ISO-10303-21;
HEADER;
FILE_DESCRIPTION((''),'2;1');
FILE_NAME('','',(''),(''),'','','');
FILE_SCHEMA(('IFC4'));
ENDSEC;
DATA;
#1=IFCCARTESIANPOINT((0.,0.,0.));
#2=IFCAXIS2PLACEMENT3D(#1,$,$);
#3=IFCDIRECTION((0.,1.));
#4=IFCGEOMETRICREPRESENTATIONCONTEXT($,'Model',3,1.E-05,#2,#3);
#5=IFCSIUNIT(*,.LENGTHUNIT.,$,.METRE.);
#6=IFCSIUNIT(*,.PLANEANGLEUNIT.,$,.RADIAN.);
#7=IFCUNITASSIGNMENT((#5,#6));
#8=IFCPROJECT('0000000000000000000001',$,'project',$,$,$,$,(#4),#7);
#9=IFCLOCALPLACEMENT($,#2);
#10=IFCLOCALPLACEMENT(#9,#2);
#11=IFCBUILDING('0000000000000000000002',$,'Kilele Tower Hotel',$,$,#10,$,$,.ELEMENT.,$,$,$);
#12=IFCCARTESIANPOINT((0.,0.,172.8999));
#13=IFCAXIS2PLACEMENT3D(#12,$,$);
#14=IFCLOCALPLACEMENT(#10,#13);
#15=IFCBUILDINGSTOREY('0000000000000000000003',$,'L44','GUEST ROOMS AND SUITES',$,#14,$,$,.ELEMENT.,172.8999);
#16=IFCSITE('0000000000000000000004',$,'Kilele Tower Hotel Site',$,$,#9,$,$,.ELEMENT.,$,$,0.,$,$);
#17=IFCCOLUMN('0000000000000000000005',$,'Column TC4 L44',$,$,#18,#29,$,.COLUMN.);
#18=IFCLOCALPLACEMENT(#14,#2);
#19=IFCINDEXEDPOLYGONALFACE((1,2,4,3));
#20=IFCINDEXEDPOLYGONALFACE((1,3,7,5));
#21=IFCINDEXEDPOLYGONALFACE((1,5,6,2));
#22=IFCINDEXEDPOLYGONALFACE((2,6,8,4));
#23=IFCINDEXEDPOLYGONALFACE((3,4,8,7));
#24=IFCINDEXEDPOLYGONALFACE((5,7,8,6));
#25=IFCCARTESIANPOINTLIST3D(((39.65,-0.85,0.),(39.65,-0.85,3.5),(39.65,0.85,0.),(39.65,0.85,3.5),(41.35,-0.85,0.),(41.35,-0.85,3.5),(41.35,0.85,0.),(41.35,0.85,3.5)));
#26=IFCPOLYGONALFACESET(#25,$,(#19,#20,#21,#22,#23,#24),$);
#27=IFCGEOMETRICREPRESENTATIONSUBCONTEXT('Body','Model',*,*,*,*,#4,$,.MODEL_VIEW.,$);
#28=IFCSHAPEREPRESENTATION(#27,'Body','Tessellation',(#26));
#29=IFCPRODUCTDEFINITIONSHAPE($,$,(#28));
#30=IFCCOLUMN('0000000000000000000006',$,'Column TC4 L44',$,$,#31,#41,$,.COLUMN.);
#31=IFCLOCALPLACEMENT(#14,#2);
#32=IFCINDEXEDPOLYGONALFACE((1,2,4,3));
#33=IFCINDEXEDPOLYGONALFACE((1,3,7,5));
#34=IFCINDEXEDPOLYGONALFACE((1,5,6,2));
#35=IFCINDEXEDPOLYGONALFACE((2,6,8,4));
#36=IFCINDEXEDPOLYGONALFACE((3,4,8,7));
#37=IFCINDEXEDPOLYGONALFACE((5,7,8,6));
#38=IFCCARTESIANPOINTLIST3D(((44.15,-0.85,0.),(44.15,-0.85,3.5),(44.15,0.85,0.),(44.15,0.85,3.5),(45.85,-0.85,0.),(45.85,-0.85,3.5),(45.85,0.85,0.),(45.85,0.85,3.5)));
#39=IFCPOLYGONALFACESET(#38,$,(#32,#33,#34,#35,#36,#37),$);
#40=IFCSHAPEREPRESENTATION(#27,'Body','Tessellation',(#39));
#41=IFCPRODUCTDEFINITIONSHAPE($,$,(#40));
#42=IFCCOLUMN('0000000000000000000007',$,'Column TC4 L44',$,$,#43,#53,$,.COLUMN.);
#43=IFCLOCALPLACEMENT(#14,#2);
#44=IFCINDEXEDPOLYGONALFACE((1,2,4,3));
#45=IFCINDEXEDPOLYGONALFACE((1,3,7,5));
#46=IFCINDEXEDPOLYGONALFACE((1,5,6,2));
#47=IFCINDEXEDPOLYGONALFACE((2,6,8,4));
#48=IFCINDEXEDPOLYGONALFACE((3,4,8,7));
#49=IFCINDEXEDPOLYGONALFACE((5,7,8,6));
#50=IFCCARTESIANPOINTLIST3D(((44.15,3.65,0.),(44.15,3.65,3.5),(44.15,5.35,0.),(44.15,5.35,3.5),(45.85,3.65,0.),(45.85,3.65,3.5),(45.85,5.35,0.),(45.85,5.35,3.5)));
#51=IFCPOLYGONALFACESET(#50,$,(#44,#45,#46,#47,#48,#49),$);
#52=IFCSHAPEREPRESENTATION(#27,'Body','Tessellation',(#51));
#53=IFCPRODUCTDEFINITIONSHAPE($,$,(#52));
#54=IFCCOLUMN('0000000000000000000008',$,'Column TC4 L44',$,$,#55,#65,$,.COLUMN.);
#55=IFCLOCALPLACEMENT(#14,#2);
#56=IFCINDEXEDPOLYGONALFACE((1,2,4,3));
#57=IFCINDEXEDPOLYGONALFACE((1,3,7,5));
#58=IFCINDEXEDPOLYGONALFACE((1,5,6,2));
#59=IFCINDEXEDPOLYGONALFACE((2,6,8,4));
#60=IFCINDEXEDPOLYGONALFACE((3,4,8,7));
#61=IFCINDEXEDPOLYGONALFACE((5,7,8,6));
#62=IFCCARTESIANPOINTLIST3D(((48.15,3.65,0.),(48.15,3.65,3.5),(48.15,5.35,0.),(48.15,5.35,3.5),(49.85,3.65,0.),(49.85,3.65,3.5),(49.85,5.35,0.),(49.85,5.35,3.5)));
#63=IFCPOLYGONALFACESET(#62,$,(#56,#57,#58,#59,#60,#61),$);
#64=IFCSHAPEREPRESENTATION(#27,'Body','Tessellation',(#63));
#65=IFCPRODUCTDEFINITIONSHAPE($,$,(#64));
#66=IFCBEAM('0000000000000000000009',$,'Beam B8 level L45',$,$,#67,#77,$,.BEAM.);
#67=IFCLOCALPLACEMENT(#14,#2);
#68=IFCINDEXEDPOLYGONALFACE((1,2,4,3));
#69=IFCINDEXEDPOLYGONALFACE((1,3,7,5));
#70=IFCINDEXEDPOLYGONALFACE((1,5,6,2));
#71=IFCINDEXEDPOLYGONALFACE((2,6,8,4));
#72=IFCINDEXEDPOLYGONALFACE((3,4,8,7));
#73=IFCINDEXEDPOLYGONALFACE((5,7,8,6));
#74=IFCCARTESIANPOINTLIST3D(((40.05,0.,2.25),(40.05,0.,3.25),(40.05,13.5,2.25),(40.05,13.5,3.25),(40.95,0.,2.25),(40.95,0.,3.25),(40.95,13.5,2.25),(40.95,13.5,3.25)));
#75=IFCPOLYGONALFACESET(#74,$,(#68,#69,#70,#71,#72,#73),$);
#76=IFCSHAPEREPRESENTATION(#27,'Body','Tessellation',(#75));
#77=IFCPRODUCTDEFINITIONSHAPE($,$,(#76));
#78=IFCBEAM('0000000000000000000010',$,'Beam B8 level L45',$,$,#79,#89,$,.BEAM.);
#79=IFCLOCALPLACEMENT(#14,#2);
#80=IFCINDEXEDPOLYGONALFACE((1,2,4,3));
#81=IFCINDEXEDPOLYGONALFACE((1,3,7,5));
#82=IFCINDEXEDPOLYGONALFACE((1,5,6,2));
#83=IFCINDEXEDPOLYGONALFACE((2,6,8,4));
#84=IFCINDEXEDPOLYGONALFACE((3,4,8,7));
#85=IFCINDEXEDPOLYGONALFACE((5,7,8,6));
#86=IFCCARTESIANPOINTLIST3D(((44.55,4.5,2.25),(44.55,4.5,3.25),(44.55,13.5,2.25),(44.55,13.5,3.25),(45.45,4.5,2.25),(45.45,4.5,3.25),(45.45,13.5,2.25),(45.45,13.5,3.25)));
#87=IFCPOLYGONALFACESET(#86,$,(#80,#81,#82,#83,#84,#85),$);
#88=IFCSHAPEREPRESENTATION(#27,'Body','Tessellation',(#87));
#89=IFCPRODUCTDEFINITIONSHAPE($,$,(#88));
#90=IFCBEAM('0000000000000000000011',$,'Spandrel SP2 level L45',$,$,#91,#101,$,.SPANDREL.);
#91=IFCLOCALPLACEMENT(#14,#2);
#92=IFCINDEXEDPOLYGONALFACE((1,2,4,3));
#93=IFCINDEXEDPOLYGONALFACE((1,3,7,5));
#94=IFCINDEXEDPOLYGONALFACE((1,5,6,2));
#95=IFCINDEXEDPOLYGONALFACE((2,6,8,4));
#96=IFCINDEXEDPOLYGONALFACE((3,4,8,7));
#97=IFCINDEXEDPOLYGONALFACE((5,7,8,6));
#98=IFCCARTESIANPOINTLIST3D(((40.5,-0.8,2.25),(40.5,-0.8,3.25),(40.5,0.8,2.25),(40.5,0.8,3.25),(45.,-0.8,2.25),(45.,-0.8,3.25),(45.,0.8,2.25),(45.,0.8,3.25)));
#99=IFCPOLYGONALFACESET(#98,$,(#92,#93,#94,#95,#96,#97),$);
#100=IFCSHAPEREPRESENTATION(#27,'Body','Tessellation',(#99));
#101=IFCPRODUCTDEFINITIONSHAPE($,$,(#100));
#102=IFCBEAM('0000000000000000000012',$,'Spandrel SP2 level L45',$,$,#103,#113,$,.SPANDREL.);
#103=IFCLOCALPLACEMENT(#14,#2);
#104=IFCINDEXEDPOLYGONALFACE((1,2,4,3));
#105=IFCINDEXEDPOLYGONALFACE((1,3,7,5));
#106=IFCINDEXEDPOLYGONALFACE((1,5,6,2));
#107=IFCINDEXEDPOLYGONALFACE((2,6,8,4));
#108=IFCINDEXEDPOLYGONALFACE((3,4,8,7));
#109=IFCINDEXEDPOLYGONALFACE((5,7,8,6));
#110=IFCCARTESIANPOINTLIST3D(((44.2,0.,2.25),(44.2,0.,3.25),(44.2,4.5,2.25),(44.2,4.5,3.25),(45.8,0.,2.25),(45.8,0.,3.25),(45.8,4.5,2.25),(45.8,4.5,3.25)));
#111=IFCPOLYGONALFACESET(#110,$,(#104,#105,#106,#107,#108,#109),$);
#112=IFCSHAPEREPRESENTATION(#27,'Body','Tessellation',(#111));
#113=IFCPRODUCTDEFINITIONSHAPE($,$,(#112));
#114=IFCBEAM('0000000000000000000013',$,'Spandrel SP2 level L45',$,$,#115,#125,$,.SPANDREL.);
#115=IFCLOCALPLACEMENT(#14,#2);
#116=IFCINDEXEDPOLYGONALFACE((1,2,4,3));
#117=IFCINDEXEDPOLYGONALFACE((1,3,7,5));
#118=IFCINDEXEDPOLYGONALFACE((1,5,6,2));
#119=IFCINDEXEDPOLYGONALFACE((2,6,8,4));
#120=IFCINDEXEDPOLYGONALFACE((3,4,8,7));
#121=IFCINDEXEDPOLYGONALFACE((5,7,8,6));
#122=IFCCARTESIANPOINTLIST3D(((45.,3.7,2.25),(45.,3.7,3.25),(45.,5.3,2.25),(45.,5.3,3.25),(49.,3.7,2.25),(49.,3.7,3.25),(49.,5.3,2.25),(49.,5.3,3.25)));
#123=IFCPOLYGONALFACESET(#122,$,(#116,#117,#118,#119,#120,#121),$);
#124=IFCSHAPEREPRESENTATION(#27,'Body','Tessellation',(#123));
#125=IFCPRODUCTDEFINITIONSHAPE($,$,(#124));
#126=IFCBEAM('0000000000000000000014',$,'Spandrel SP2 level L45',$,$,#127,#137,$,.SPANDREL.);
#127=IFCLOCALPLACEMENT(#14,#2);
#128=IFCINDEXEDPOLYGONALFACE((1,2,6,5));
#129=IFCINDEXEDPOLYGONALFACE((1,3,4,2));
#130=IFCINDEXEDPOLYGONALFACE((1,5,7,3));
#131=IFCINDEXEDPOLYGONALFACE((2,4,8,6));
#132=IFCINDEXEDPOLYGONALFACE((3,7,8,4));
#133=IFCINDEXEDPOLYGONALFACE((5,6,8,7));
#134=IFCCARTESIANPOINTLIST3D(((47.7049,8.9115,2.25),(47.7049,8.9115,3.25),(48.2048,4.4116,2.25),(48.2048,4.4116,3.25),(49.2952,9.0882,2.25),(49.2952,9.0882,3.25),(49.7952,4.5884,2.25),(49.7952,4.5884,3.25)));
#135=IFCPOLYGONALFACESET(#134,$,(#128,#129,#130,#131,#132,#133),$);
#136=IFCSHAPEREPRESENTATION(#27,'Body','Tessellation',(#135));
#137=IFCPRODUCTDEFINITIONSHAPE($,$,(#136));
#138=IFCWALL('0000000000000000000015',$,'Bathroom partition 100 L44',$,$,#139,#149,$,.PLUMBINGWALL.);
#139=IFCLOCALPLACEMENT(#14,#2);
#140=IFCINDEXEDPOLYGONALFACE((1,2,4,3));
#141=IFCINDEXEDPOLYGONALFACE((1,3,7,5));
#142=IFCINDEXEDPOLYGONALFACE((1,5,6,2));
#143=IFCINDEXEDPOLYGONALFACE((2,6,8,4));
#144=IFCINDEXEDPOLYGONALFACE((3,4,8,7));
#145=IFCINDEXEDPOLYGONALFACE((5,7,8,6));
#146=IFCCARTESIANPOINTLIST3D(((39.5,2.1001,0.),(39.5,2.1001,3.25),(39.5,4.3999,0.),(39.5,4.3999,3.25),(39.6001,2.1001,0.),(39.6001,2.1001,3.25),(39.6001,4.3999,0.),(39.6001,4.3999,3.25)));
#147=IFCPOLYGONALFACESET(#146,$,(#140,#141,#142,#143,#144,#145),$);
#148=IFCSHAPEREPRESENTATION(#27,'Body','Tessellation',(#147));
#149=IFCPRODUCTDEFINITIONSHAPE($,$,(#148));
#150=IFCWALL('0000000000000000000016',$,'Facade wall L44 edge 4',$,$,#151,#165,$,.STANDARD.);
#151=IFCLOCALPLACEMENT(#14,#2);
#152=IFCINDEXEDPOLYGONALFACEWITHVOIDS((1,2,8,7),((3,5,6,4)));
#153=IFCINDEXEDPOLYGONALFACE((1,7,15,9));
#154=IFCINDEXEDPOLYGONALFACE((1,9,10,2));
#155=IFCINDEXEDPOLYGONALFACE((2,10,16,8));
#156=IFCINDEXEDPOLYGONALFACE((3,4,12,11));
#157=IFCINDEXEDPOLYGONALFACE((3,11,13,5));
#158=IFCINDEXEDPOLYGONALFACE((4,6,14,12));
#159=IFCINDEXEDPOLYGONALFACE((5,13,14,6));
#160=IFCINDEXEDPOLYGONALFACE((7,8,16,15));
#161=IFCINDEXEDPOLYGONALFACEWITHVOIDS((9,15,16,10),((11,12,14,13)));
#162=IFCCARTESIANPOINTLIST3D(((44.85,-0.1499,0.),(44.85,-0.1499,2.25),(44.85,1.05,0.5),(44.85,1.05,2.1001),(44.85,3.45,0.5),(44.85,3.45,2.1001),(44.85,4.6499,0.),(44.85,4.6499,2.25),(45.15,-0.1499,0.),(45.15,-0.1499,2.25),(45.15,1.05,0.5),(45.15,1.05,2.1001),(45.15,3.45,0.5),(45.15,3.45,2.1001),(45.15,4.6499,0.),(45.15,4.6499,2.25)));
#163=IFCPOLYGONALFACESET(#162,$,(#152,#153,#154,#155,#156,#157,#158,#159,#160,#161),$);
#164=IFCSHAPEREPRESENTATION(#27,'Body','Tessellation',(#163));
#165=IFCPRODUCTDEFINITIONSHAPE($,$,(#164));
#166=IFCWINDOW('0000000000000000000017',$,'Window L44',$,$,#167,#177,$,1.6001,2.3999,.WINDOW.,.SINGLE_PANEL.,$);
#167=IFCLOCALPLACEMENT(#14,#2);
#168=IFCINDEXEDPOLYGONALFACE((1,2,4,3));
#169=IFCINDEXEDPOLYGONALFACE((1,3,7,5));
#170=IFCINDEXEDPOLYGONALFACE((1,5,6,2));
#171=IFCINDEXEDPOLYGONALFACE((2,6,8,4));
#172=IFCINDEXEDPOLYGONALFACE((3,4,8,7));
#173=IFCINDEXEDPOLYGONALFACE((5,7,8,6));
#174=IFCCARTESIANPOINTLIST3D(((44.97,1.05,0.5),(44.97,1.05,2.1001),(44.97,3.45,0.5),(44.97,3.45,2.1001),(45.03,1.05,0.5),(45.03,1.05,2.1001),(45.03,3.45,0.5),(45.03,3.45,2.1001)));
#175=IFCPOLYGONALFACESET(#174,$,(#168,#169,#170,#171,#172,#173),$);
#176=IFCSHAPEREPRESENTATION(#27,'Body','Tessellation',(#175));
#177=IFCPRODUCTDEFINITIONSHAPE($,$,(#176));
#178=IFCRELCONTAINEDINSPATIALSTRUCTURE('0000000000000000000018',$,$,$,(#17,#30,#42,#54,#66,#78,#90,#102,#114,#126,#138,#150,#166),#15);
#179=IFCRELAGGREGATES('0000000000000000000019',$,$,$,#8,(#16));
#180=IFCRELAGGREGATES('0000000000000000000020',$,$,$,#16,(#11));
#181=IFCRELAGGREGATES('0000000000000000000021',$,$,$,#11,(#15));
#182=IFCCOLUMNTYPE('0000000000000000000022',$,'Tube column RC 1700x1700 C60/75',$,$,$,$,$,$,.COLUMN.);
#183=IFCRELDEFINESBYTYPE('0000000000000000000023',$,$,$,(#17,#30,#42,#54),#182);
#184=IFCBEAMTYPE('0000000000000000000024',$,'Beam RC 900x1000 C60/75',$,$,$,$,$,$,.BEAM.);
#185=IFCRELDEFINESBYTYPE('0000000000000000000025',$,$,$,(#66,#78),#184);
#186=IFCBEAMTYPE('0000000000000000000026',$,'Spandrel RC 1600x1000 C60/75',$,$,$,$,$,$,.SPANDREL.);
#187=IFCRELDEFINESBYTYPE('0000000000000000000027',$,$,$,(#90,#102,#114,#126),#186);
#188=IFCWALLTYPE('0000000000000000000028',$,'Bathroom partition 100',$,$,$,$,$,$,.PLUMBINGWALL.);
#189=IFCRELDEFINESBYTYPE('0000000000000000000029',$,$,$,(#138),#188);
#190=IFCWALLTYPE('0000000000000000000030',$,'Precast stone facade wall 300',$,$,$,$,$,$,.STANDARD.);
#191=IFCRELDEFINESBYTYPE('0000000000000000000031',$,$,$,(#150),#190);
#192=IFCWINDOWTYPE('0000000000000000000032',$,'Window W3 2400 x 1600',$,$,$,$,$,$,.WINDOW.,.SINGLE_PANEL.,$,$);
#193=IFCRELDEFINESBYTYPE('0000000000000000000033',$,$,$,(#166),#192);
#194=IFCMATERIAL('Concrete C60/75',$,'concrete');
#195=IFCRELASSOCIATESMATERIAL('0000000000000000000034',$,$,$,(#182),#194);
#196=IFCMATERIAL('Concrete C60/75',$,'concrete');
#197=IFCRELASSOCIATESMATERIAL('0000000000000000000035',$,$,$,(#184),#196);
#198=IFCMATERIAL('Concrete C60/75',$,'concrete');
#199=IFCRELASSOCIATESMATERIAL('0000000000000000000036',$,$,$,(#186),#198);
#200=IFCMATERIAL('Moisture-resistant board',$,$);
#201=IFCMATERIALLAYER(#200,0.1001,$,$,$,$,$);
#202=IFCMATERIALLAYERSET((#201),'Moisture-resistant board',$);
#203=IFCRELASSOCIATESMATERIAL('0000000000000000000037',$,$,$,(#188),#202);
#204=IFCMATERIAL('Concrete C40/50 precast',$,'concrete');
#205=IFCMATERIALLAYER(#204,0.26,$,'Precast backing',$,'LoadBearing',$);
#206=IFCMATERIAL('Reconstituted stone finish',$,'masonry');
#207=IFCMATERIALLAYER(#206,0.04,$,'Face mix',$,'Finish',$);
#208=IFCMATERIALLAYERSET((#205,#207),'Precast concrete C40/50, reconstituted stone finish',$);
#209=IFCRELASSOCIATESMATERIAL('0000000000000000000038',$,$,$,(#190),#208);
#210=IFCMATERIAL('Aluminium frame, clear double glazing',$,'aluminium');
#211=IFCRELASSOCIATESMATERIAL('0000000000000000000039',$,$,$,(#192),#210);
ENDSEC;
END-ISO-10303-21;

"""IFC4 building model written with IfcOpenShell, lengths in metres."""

from ifc_helpers import new_model, si_unit, direction, frame, frame_2d, origin, origin_2d, place, context, subcontext, project, spatial, rectangle, extrude, material, layer, layer_set, material_profile, profile_set, type_object, element, fill, save


model = new_model("IFC4")

# Units and contexts
model_context = context("Model", 3, precision=1e-05, world=origin(), true_north=direction((0.0, 1.0)))
body_context = subcontext(model_context, "Body", "Model", "MODEL_VIEW")
ifc_project = project(units=[si_unit("LENGTHUNIT", "METRE"), si_unit("PLANEANGLEUNIT", "RADIAN")], contexts=[model_context])

# Site, building, storey
site_placement = place(None, origin())
site = spatial("IfcSite", under=ifc_project, at=site_placement, Name="Kilele Tower Hotel Site", CompositionType="ELEMENT", RefElevation=0.0)
building_placement = place(site_placement, origin())
building = spatial("IfcBuilding", under=site, at=building_placement, Name="Kilele Tower Hotel", CompositionType="ELEMENT")
storey_placement = place(building_placement, frame((0.0, 0.0, 172.8999)))
storey = spatial("IfcBuildingStorey", under=building, at=storey_placement, Name="L44", Description="GUEST ROOMS AND SUITES", CompositionType="ELEMENT", Elevation=172.8999)

# Columns
ifc_material_1 = material(Name="Concrete C60/75", Category="concrete")
ifc_material_profile_1 = material_profile(ifc_material_1, rectangle(XDim=1.7, YDim=1.7, at=origin_2d()))
ifc_profile_set_1 = profile_set([ifc_material_profile_1], Name="Concrete C60/75")
column_type = type_object("IfcColumnType", Name="Tube column RC 1700x1700 C60/75", PredefinedType="COLUMN", material=ifc_profile_set_1)
for number, where, z_axis, x_axis, name in (
    (1, (40.5, 0.0, 0.0), (0.0, 0.0, 1.0), (1.0, 0.0, 0.0), "Column TC4 L44"),
    (2, (45.0, 0.0, 0.0), (0.0, 0.0, 1.0), (1.0, 0.0, 0.0), "Column TC4 L44"),
    (3, (45.0, 4.5, 0.0), (0.0, 0.0, 1.0), (1.0, 0.0, 0.0), "Column TC4 L44"),
    (4, (49.0, 4.5, 0.0), (0.0, 0.0, 1.0), (1.0, 0.0, 0.0), "Column TC4 L44"),
):
    element("IfcColumn", number, at=place(storey_placement, frame(where, z_axis=z_axis, x_axis=x_axis)), inside=storey, type_object=column_type, Name=name, PredefinedType="COLUMN", context=body_context, shape_type="SweptSolid", body=[
        extrude(rectangle(XDim=1.7, YDim=1.7, at=origin_2d()), origin(), (0.0, 0.0, 1.0), 3.5),
    ])

# Beams
ifc_material_2 = material(Name="Concrete C60/75", Category="concrete")
ifc_material_profile_2 = material_profile(ifc_material_2, rectangle(XDim=0.8999, YDim=1.0, at=origin_2d()))
ifc_profile_set_2 = profile_set([ifc_material_profile_2], Name="Concrete C60/75")
beam_type_1 = type_object("IfcBeamType", Name="Beam RC 900x1000 C60/75", PredefinedType="BEAM", material=ifc_profile_set_2)
beam_1_placement = place(storey_placement, frame((40.5, 0.0, 2.75), z_axis=(0.0, 1.0, 0.0), x_axis=(-1.0, 0.0, 0.0)))
element("IfcBeam", 5, at=beam_1_placement, inside=storey, type_object=beam_type_1, Name="Beam B8 level L45", PredefinedType="BEAM", context=body_context, shape_type="SweptSolid", body=[
    extrude(rectangle(XDim=0.8999, YDim=1.0, at=origin_2d()), origin(), (0.0, 0.0, 1.0), 13.5),
])
beam_2_placement = place(storey_placement, frame((45.0, 4.5, 2.75), z_axis=(0.0, 1.0, 0.0), x_axis=(-1.0, 0.0, 0.0)))
element("IfcBeam", 6, at=beam_2_placement, inside=storey, type_object=beam_type_1, Name="Beam B8 level L45", PredefinedType="BEAM", context=body_context, shape_type="SweptSolid", body=[
    extrude(rectangle(XDim=0.8999, YDim=1.0, at=origin_2d()), origin(), (0.0, 0.0, 1.0), 9.0),
])
ifc_material_3 = material(Name="Concrete C60/75", Category="concrete")
ifc_material_profile_3 = material_profile(ifc_material_3, rectangle(XDim=1.6001, YDim=1.0, at=origin_2d()))
ifc_profile_set_3 = profile_set([ifc_material_profile_3], Name="Concrete C60/75")
beam_type_2 = type_object("IfcBeamType", Name="Spandrel RC 1600x1000 C60/75", PredefinedType="SPANDREL", material=ifc_profile_set_3)
for number, where, z_axis, x_axis, name in (
    (7, (40.5, 0.0, 2.75), (1.0, 0.0, 0.0), (0.0, 1.0, 0.0), "Spandrel SP2 level L45"),
    (8, (45.0, 0.0, 2.75), (0.0, 1.0, 0.0), (-1.0, 0.0, 0.0), "Spandrel SP2 level L45"),
):
    element("IfcBeam", number, at=place(storey_placement, frame(where, z_axis=z_axis, x_axis=x_axis)), inside=storey, type_object=beam_type_2, Name=name, PredefinedType="SPANDREL", context=body_context, shape_type="SweptSolid", body=[
        extrude(rectangle(XDim=1.6001, YDim=1.0, at=origin_2d()), origin(), (0.0, 0.0, 1.0), 4.5),
    ])
beam_3_placement = place(storey_placement, frame((45.0, 4.5, 2.75), z_axis=(1.0, 0.0, 0.0), x_axis=(0.0, 1.0, 0.0)))
element("IfcBeam", 9, at=beam_3_placement, inside=storey, type_object=beam_type_2, Name="Spandrel SP2 level L45", PredefinedType="SPANDREL", context=body_context, shape_type="SweptSolid", body=[
    extrude(rectangle(XDim=1.6001, YDim=1.0, at=origin_2d()), origin(), (0.0, 0.0, 1.0), 4.0),
])
beam_4_placement = place(storey_placement, frame((49.0, 4.5, 2.75), z_axis=(-0.110432, 0.993884, 0.0), x_axis=(-0.993884, -0.110432, 0.0)))
element("IfcBeam", 10, at=beam_4_placement, inside=storey, type_object=beam_type_2, Name="Spandrel SP2 level L45", PredefinedType="SPANDREL", context=body_context, shape_type="SweptSolid", body=[
    extrude(rectangle(XDim=1.6001, YDim=1.0, at=origin_2d()), origin(), (0.0, 0.0, 1.0), 4.5276),
])

# Wall
ifc_material_4 = material(Name="Moisture-resistant board")
ifc_layer_1 = layer(ifc_material_4, 0.1001)
ifc_layer_set_1 = layer_set([ifc_layer_1], Name="Moisture-resistant board")
wall_type_1 = type_object("IfcWallType", Name="Bathroom partition 100", PredefinedType="PLUMBINGWALL", material=ifc_layer_set_1)
wall_1_placement = place(storey_placement, frame((39.55, 4.3999, 0.0), z_axis=(0.0, 0.0, 1.0), x_axis=(0.0, -1.0, 0.0)))
element("IfcWall", 11, at=wall_1_placement, inside=storey, type_object=wall_type_1, Name="Bathroom partition 100 L44", PredefinedType="PLUMBINGWALL", context=body_context, shape_type="SweptSolid", body=[
    extrude(rectangle(XDim=2.2998, YDim=0.1001, at=frame_2d((1.1499, 0.0))), origin(), (0.0, 0.0, 1.0), 3.25),
])

# Wall, opening, window
ifc_material_5 = material(Name="Concrete C40/50 precast", Category="concrete")
ifc_layer_2 = layer(ifc_material_5, 0.26, Name="Precast backing", Category="LoadBearing")
ifc_material_6 = material(Name="Reconstituted stone finish", Category="masonry")
ifc_layer_3 = layer(ifc_material_6, 0.04, Name="Face mix", Category="Finish")
ifc_layer_set_2 = layer_set([ifc_layer_2, ifc_layer_3], Name="Precast concrete C40/50, reconstituted stone finish")
wall_type_2 = type_object("IfcWallType", Name="Precast stone facade wall 300", PredefinedType="STANDARD", material=ifc_layer_set_2)
wall_2_placement = place(storey_placement, frame((45.0, -0.1499, 0.0), z_axis=(0.0, 0.0, 1.0), x_axis=(0.0, 1.0, 0.0)))
wall_2 = element("IfcWall", 12, at=wall_2_placement, inside=storey, type_object=wall_type_2, Name="Facade wall L44 edge 4", PredefinedType="STANDARD", context=body_context, shape_type="SweptSolid", body=[
    extrude(rectangle(XDim=4.7998, YDim=0.3, at=frame_2d((2.3999, 0.0))), origin(), (0.0, 0.0, 1.0), 2.25),
])
opening_1_placement = place(wall_2_placement, frame((1.2, 0.0, 0.5)))
opening_1 = element("IfcOpeningElement", 13, at=opening_1_placement, cuts=wall_2, PredefinedType="OPENING", context=body_context, shape_type="SweptSolid", body=[
    extrude(rectangle(XDim=2.3999, YDim=1.6001, at=frame_2d((1.2, 0.8))), frame((0.0, 0.1599, 0.0), z_axis=(0.0, -1.0, 0.0), x_axis=(1.0, 0.0, 0.0)), (0.0, 0.0, 1.0), 0.3201),
])
ifc_material_7 = material(Name="Aluminium frame, clear double glazing", Category="aluminium")
window_type_1 = type_object("IfcWindowType", Name="Window W3 2400 x 1600", PartitioningType="SINGLE_PANEL", PredefinedType="WINDOW", material=ifc_material_7)
window_1_placement = place(opening_1_placement, origin())
window_1 = element("IfcWindow", 14, at=window_1_placement, inside=storey, type_object=window_type_1, Name="Window L44", OverallHeight=1.6001, OverallWidth=2.3999, PartitioningType="SINGLE_PANEL", PredefinedType="WINDOW", context=body_context, shape_type="SweptSolid", body=[
    extrude(rectangle(XDim=2.3999, YDim=1.6001, at=frame_2d((1.2, 0.8))), frame((0.0, 0.03, 0.0), z_axis=(0.0, -1.0, 0.0), x_axis=(1.0, 0.0, 0.0)), (0.0, 0.0, 1.0), 0.0601),
])
fill(opening_1, window_1)

save(model, "model.ifc")
